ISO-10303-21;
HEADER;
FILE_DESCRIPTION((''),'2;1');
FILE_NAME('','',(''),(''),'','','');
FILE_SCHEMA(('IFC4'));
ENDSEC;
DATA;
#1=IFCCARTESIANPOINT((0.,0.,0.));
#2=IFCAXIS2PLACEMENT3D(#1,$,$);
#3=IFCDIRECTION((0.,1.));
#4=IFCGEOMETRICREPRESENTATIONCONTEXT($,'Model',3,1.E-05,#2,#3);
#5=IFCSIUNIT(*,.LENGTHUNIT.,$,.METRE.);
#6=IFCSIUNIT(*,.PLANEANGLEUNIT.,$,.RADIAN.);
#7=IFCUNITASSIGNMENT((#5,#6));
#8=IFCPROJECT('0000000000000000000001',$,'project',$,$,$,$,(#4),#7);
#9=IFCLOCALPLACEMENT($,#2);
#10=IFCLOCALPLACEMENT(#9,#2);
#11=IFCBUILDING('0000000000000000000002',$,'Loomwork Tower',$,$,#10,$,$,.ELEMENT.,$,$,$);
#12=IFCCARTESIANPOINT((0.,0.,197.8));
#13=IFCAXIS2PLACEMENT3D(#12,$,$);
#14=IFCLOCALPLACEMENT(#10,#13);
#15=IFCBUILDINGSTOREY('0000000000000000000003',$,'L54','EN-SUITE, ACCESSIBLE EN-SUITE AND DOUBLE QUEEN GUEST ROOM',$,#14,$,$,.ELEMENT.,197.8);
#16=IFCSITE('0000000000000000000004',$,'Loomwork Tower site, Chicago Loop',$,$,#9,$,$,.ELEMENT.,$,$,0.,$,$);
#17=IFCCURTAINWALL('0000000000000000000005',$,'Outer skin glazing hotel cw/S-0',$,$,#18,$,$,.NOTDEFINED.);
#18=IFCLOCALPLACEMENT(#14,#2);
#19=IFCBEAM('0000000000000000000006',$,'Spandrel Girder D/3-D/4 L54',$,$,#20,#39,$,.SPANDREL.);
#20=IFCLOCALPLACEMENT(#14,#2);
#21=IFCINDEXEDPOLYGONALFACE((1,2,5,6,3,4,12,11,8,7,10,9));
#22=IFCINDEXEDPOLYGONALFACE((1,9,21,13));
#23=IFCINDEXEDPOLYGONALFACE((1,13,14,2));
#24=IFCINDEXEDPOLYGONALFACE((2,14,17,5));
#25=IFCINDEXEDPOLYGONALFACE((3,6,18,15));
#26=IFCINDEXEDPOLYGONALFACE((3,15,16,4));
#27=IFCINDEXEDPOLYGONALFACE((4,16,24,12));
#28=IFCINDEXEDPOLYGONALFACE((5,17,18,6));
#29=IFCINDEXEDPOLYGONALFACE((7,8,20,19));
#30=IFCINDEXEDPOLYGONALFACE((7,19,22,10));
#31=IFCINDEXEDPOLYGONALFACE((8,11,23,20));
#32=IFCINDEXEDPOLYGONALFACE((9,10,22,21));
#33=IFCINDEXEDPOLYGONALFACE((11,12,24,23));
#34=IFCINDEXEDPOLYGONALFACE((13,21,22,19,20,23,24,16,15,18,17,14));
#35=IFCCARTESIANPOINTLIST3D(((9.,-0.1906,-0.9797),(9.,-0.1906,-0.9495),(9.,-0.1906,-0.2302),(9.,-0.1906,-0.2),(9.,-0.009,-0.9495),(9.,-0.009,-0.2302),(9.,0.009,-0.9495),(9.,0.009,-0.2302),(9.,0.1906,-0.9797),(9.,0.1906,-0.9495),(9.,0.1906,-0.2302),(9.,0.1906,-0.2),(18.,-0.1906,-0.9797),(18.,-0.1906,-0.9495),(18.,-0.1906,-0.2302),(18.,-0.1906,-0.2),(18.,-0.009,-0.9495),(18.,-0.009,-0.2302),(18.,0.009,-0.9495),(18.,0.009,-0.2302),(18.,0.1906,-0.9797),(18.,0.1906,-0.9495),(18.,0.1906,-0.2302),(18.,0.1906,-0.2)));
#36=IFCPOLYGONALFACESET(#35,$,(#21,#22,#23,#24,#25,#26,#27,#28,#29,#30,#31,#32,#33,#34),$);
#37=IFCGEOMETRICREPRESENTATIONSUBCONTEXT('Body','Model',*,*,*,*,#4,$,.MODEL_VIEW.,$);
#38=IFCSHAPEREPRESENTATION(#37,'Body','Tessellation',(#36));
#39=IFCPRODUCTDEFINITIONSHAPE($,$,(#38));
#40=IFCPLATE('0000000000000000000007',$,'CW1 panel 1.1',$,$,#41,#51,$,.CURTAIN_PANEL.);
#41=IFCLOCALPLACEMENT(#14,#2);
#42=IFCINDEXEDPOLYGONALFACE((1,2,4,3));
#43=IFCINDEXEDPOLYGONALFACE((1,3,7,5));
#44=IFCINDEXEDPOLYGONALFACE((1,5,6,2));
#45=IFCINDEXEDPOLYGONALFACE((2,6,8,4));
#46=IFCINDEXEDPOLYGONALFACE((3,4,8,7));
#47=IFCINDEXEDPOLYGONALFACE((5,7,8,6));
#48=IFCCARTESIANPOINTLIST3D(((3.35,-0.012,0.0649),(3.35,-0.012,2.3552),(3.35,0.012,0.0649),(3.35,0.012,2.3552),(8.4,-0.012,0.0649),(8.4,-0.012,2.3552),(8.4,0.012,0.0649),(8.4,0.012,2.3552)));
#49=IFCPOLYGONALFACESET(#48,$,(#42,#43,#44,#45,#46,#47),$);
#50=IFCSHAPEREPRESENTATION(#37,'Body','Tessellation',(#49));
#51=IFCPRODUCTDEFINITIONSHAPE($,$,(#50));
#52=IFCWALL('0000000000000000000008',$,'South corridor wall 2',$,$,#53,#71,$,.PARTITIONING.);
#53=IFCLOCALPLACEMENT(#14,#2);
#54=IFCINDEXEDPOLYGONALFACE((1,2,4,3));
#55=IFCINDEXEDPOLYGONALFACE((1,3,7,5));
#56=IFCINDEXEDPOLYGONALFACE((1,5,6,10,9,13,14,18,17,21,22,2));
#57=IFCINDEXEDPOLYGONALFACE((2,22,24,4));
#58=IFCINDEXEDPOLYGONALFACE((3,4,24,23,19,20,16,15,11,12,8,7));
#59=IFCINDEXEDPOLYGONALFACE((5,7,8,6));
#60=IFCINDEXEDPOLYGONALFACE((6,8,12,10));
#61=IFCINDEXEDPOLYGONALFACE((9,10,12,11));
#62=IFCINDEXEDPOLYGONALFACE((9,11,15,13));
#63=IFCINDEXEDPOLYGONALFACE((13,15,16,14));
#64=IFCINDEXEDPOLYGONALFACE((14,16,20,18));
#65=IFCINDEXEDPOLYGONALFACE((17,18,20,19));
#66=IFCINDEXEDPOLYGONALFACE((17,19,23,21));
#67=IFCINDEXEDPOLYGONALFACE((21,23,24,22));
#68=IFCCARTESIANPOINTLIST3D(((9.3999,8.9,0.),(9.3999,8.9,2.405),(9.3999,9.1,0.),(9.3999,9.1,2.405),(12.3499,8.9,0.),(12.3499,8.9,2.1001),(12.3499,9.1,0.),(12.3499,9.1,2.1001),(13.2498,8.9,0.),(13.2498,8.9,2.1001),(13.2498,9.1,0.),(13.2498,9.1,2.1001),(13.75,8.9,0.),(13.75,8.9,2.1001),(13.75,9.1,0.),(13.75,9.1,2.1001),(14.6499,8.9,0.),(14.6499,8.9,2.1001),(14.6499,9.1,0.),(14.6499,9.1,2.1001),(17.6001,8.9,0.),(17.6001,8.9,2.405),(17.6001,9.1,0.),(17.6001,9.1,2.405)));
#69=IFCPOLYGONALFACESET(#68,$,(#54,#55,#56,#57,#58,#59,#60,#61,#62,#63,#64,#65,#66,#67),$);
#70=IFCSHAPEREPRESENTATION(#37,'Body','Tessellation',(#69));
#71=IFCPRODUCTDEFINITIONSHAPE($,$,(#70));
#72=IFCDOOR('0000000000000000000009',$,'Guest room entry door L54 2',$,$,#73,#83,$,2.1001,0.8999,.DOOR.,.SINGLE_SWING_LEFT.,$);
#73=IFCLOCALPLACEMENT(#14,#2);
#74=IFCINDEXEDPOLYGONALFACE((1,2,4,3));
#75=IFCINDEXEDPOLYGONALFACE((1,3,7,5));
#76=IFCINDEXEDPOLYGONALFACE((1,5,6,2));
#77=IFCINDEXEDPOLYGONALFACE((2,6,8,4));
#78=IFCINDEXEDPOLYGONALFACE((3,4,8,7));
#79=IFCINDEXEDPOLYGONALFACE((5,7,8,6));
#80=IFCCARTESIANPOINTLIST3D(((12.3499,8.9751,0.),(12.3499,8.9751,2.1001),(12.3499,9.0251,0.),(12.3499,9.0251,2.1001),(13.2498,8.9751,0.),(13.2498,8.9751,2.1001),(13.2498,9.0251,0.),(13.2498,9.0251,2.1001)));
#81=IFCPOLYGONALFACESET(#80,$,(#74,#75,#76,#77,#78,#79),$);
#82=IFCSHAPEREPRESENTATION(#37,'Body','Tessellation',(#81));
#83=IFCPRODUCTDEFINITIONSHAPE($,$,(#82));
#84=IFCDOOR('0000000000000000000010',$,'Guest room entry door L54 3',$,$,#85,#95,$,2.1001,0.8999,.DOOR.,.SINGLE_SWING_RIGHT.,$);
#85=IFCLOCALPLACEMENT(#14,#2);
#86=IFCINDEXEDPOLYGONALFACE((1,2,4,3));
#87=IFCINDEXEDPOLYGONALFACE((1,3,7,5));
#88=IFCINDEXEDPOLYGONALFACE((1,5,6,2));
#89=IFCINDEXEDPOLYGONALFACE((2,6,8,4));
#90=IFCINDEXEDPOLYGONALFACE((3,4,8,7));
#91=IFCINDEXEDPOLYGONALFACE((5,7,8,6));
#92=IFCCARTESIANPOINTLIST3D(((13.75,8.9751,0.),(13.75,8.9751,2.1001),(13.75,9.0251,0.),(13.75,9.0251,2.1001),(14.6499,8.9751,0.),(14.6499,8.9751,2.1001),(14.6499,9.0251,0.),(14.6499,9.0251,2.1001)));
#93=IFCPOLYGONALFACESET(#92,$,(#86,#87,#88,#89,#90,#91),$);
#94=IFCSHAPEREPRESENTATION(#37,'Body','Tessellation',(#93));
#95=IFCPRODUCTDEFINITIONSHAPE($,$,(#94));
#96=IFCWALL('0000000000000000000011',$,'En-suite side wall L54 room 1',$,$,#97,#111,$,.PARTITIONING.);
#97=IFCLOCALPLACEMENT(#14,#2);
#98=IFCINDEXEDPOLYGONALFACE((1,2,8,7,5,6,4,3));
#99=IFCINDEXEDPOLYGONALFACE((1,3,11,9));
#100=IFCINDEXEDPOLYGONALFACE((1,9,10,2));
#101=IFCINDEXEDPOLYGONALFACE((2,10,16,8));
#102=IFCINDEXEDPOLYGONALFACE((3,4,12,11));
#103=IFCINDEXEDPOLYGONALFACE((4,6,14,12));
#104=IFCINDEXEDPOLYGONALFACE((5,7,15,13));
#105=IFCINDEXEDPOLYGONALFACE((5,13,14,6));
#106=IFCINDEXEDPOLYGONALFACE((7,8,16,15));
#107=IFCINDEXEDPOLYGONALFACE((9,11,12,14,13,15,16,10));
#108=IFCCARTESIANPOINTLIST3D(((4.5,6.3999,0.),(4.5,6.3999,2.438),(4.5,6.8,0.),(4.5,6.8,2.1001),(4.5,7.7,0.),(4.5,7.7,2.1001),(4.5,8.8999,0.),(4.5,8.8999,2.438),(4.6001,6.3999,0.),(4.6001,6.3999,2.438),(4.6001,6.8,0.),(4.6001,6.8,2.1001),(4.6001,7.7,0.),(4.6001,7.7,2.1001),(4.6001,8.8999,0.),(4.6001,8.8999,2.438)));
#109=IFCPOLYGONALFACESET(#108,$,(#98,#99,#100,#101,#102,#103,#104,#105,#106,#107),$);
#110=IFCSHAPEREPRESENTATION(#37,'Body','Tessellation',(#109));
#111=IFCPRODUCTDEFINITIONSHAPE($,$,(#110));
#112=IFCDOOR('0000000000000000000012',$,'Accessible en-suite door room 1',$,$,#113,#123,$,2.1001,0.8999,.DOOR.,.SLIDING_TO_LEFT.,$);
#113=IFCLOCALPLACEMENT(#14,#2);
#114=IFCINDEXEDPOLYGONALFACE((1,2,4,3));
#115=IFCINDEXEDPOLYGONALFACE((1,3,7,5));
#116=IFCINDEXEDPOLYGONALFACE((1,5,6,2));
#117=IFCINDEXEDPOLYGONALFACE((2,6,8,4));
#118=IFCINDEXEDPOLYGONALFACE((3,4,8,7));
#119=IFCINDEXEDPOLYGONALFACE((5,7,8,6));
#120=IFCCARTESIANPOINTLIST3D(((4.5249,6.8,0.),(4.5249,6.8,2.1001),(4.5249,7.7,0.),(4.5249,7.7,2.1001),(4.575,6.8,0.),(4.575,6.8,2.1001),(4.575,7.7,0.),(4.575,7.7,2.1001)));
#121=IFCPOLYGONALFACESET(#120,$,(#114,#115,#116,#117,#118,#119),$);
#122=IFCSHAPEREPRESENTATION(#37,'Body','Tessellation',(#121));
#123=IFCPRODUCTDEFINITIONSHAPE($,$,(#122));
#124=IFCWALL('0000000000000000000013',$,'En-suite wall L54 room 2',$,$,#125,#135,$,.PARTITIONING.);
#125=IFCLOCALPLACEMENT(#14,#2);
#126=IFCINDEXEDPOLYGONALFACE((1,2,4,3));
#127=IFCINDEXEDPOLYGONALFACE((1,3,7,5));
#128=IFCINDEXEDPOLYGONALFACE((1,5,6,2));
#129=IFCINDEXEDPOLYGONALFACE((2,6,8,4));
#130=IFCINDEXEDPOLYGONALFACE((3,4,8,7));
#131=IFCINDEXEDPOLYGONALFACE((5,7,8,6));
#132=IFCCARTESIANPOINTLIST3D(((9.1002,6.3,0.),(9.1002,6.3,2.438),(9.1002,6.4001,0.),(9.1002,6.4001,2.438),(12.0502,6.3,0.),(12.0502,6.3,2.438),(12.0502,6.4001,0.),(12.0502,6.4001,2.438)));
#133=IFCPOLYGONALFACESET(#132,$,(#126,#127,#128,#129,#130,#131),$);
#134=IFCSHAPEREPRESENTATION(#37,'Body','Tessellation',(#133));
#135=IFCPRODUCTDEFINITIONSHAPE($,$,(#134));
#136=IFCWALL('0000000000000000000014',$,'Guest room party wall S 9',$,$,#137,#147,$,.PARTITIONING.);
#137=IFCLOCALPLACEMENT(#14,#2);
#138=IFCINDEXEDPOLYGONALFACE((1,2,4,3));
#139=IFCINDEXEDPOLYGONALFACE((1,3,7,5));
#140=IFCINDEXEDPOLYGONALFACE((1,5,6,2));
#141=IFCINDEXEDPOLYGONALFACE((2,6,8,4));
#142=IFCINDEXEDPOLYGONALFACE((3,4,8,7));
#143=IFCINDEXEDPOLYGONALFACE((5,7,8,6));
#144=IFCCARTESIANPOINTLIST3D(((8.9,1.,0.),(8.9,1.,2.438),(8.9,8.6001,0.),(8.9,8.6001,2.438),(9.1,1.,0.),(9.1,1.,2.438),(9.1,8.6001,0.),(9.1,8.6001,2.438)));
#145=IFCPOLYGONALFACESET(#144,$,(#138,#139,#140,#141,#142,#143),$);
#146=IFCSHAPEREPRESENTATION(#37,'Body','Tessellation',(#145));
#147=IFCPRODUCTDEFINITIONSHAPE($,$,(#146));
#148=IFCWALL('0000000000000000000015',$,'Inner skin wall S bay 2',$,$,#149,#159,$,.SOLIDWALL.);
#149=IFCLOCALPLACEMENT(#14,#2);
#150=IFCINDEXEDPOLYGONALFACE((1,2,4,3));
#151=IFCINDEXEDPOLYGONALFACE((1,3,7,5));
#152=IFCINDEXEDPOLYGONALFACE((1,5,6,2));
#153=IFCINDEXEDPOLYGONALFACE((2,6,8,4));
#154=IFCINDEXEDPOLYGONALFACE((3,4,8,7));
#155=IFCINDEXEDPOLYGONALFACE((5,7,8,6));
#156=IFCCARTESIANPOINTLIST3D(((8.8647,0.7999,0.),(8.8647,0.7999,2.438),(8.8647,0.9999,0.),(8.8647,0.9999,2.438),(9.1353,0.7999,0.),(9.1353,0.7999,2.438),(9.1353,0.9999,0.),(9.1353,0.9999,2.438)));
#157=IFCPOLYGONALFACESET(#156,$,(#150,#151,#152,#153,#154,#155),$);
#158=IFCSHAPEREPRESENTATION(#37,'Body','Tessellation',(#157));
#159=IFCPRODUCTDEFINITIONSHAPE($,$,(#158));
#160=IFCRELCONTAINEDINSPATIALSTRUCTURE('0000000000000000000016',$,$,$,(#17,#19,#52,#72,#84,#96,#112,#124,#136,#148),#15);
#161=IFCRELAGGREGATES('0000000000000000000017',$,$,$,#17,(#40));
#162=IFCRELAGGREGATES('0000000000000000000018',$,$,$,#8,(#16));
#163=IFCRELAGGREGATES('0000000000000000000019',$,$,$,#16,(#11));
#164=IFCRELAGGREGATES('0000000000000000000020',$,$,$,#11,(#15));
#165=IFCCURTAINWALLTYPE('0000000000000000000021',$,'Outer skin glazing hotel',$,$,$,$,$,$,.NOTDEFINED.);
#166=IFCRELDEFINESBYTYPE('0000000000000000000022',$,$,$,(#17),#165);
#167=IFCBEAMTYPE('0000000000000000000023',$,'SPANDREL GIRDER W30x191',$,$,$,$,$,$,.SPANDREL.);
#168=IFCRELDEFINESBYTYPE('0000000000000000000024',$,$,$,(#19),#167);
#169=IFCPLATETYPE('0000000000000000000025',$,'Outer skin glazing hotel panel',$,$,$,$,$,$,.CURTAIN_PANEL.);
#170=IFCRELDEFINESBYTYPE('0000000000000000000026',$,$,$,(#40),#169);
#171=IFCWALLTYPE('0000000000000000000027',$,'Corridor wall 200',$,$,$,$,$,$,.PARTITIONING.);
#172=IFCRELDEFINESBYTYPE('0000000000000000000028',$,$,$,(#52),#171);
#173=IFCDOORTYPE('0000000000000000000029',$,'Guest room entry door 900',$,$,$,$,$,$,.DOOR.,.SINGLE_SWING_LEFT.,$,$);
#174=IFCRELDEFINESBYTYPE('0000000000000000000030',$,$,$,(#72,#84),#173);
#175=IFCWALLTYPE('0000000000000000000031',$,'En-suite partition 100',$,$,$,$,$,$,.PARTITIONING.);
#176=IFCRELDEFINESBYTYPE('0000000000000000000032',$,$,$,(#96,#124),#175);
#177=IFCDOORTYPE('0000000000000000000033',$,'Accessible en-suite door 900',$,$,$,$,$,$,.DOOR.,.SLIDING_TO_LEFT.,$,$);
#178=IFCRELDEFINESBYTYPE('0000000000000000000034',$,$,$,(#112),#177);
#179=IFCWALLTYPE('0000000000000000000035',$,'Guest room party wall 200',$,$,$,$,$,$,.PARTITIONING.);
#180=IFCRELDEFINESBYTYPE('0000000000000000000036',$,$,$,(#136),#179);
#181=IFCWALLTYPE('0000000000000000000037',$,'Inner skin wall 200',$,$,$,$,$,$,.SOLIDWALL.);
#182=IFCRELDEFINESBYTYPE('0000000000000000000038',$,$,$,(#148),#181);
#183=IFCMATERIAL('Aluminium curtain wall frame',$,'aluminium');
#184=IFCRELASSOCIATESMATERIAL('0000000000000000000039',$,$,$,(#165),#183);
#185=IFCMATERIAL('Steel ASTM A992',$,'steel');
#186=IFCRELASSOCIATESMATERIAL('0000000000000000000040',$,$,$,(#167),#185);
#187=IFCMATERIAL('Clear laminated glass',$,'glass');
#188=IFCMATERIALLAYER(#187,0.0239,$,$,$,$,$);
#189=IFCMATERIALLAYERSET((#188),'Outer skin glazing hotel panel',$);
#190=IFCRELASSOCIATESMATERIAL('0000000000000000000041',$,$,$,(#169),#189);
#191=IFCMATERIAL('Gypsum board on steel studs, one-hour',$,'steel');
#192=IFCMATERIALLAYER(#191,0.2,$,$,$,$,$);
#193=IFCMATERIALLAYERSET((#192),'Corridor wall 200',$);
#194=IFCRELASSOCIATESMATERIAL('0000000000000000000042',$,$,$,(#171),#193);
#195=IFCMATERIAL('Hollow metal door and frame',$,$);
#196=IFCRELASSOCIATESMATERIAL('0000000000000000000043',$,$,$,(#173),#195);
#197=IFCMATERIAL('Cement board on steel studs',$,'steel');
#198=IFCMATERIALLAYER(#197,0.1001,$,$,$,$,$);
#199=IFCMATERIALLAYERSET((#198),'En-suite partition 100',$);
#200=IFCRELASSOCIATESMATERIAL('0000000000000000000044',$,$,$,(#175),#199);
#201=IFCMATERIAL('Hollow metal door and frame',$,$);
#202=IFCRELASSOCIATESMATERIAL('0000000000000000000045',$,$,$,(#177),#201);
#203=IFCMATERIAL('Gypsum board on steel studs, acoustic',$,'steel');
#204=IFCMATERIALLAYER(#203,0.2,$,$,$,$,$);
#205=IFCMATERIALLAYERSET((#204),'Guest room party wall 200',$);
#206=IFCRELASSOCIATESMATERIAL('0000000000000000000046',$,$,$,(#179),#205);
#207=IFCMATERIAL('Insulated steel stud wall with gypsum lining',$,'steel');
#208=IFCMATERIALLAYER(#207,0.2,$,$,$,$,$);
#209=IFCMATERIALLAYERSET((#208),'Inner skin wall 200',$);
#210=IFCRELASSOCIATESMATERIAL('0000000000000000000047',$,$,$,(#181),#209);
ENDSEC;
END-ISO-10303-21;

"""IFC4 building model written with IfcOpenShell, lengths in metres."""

from ifc_helpers import new_model, si_unit, direction, frame, frame_2d, origin, origin_2d, place, context, subcontext, project, spatial, rectangle, i_section, extrude, material, layer, layer_set, material_profile, profile_set, type_object, element, fill, aggregate, save


model = new_model("IFC4")

# Units and contexts
model_context = context("Model", 3, precision=1e-05, world=origin(), true_north=direction((0.0, 1.0)))
body_context = subcontext(model_context, "Body", "Model", "MODEL_VIEW")
ifc_project = project(units=[si_unit("LENGTHUNIT", "METRE"), si_unit("PLANEANGLEUNIT", "RADIAN")], contexts=[model_context])

# Site, building, storey
site_placement = place(None, origin())
site = spatial("IfcSite", under=ifc_project, at=site_placement, Name="Loomwork Tower site, Chicago Loop", CompositionType="ELEMENT", RefElevation=0.0)
building_placement = place(site_placement, origin())
building = spatial("IfcBuilding", under=site, at=building_placement, Name="Loomwork Tower", CompositionType="ELEMENT")
storey_placement = place(building_placement, frame((0.0, 0.0, 197.8)))
storey = spatial("IfcBuildingStorey", under=building, at=storey_placement, Name="L54", Description="EN-SUITE, ACCESSIBLE EN-SUITE AND DOUBLE QUEEN GUEST ROOM", CompositionType="ELEMENT", Elevation=197.8)

# Curtain wall
ifc_material_1 = material(Name="Aluminium curtain wall frame", Category="aluminium")
curtain_wall_type = type_object("IfcCurtainWallType", Name="Outer skin glazing hotel", PredefinedType="NOTDEFINED", material=ifc_material_1)
curtain_wall_1_placement = place(storey_placement, origin())
curtain_wall_1 = element("IfcCurtainWall", 1, at=curtain_wall_1_placement, inside=storey, type_object=curtain_wall_type, Name="Outer skin glazing hotel cw/S-0", PredefinedType="NOTDEFINED")

# Beam
ifc_material_2 = material(Name="Steel ASTM A992", Category="steel")
ifc_material_profile_1 = material_profile(ifc_material_2, i_section(OverallWidth=0.3811, OverallDepth=0.7798, WebThickness=0.0181, FlangeThickness=0.0303, at=origin_2d()), Name="W30x191")
ifc_profile_set_1 = profile_set([ifc_material_profile_1], Name="Steel ASTM A992")
beam_type_1 = type_object("IfcBeamType", Name="SPANDREL GIRDER W30x191", PredefinedType="SPANDREL", material=ifc_profile_set_1)
beam_1_placement = place(storey_placement, frame((9.0, 0.0, -0.5898), z_axis=(1.0, 0.0, 0.0), x_axis=(0.0, 1.0, 0.0)))
element("IfcBeam", 2, at=beam_1_placement, inside=storey, type_object=beam_type_1, Name="Spandrel Girder D/3-D/4 L54", PredefinedType="SPANDREL", context=body_context, shape_type="SweptSolid", body=[
    extrude(i_section(OverallWidth=0.3811, OverallDepth=0.7798, WebThickness=0.0181, FlangeThickness=0.0303, at=origin_2d()), origin(), (0.0, 0.0, 1.0), 9.0),
])

# Plate
ifc_material_3 = material(Name="Clear laminated glass", Category="glass")
ifc_layer_1 = layer(ifc_material_3, 0.0239)
ifc_layer_set_1 = layer_set([ifc_layer_1], Name="Outer skin glazing hotel panel")
plate_type = type_object("IfcPlateType", Name="Outer skin glazing hotel panel", PredefinedType="CURTAIN_PANEL", material=ifc_layer_set_1)
plate_placement = place(storey_placement, frame((5.875, 0.0, 0.0649), z_axis=(0.0, 0.0, 1.0), x_axis=(1.0, 0.0, 0.0)))
plate = element("IfcPlate", 3, at=plate_placement, type_object=plate_type, Name="CW1 panel 1.1", PredefinedType="CURTAIN_PANEL", context=body_context, shape_type="SweptSolid", body=[
    extrude(rectangle(XDim=5.05, YDim=0.0239, at=origin_2d()), origin(), (0.0, 0.0, 1.0), 2.2903),
])
aggregate(curtain_wall_1, [plate])

# Wall, openings, doors
ifc_material_4 = material(Name="Gypsum board on steel studs, one-hour", Category="steel")
ifc_layer_2 = layer(ifc_material_4, 0.2)
ifc_layer_set_2 = layer_set([ifc_layer_2], Name="Corridor wall 200")
wall_type_1 = type_object("IfcWallType", Name="Corridor wall 200", PredefinedType="PARTITIONING", material=ifc_layer_set_2)
wall_1_placement = place(storey_placement, frame((9.3999, 9.0, 0.0), z_axis=(0.0, 0.0, 1.0), x_axis=(1.0, 0.0, 0.0)))
wall_1 = element("IfcWall", 4, at=wall_1_placement, inside=storey, type_object=wall_type_1, Name="South corridor wall 2", PredefinedType="PARTITIONING", context=body_context, shape_type="SweptSolid", body=[
    extrude(rectangle(XDim=8.2002, YDim=0.2, at=frame_2d((4.1001, 0.0))), origin(), (0.0, 0.0, 1.0), 2.405),
])
opening_1_placement = place(wall_1_placement, frame((2.95, 0.0, 0.0)))
opening_1 = element("IfcOpeningElement", 5, at=opening_1_placement, cuts=wall_1, PredefinedType="OPENING", context=body_context, shape_type="SweptSolid", body=[
    extrude(rectangle(XDim=0.8999, YDim=2.1001, at=frame_2d((0.45, 1.05))), frame((0.0, 0.1099, 0.0), z_axis=(0.0, -1.0, 0.0), x_axis=(1.0, 0.0, 0.0)), (0.0, 0.0, 1.0), 0.22),
])
opening_2_placement = place(wall_1_placement, frame((4.3501, 0.0, 0.0)))
opening_2 = element("IfcOpeningElement", 6, at=opening_2_placement, cuts=wall_1, PredefinedType="OPENING", context=body_context, shape_type="SweptSolid", body=[
    extrude(rectangle(XDim=0.8999, YDim=2.1001, at=frame_2d((0.45, 1.05))), frame((0.0, 0.1099, 0.0), z_axis=(0.0, -1.0, 0.0), x_axis=(1.0, 0.0, 0.0)), (0.0, 0.0, 1.0), 0.22),
])
ifc_material_5 = material(Name="Hollow metal door and frame")
door_type_1 = type_object("IfcDoorType", Name="Guest room entry door 900", OperationType="SINGLE_SWING_LEFT", PredefinedType="DOOR", material=ifc_material_5)
door_1_placement = place(opening_1_placement, frame((0.8999, 0.0, 0.0), z_axis=(0.0, 0.0, 1.0), x_axis=(-1.0, 0.0, 0.0)))
door_1 = element("IfcDoor", 7, at=door_1_placement, inside=storey, type_object=door_type_1, Name="Guest room entry door L54 2", OperationType="SINGLE_SWING_LEFT", OverallHeight=2.1001, OverallWidth=0.8999, PredefinedType="DOOR", context=body_context, shape_type="SweptSolid", body=[
    extrude(rectangle(XDim=0.8999, YDim=2.1001, at=frame_2d((0.45, 1.05))), frame((0.0, 0.0249, 0.0), z_axis=(0.0, -1.0, 0.0), x_axis=(1.0, 0.0, 0.0)), (0.0, 0.0, 1.0), 0.05),
])
fill(opening_1, door_1)
door_2_placement = place(opening_2_placement, frame((0.8999, 0.0, 0.0), z_axis=(0.0, 0.0, 1.0), x_axis=(-1.0, 0.0, 0.0)))
door_2 = element("IfcDoor", 8, at=door_2_placement, inside=storey, type_object=door_type_1, Name="Guest room entry door L54 3", OperationType="SINGLE_SWING_RIGHT", OverallHeight=2.1001, OverallWidth=0.8999, PredefinedType="DOOR", context=body_context, shape_type="SweptSolid", body=[
    extrude(rectangle(XDim=0.8999, YDim=2.1001, at=frame_2d((0.45, 1.05))), frame((0.0, 0.0249, 0.0), z_axis=(0.0, -1.0, 0.0), x_axis=(1.0, 0.0, 0.0)), (0.0, 0.0, 1.0), 0.05),
])
fill(opening_2, door_2)

# Wall, opening, door
ifc_material_6 = material(Name="Cement board on steel studs", Category="steel")
ifc_layer_3 = layer(ifc_material_6, 0.1001)
ifc_layer_set_3 = layer_set([ifc_layer_3], Name="En-suite partition 100")
wall_type_2 = type_object("IfcWallType", Name="En-suite partition 100", PredefinedType="PARTITIONING", material=ifc_layer_set_3)
wall_2_placement = place(storey_placement, frame((4.55, 8.8999, 0.0), z_axis=(0.0, 0.0, 1.0), x_axis=(0.0, -1.0, 0.0)))
wall_2 = element("IfcWall", 9, at=wall_2_placement, inside=storey, type_object=wall_type_2, Name="En-suite side wall L54 room 1", PredefinedType="PARTITIONING", context=body_context, shape_type="SweptSolid", body=[
    extrude(rectangle(XDim=2.5, YDim=0.1001, at=frame_2d((1.25, 0.0))), origin(), (0.0, 0.0, 1.0), 2.438),
])
opening_3_placement = place(wall_2_placement, frame((1.2, 0.0, 0.0)))
opening_3 = element("IfcOpeningElement", 10, at=opening_3_placement, cuts=wall_2, PredefinedType="OPENING", context=body_context, shape_type="SweptSolid", body=[
    extrude(rectangle(XDim=0.8999, YDim=2.1001, at=frame_2d((0.45, 1.05))), frame((0.0, 0.0601, 0.0), z_axis=(0.0, -1.0, 0.0), x_axis=(1.0, 0.0, 0.0)), (0.0, 0.0, 1.0), 0.1201),
])
ifc_material_7 = material(Name="Hollow metal door and frame")
door_type_2 = type_object("IfcDoorType", Name="Accessible en-suite door 900", OperationType="SLIDING_TO_LEFT", PredefinedType="DOOR", material=ifc_material_7)
door_3_placement = place(opening_3_placement, origin())
door_3 = element("IfcDoor", 11, at=door_3_placement, inside=storey, type_object=door_type_2, Name="Accessible en-suite door room 1", OperationType="SLIDING_TO_LEFT", OverallHeight=2.1001, OverallWidth=0.8999, PredefinedType="DOOR", context=body_context, shape_type="SweptSolid", body=[
    extrude(rectangle(XDim=0.8999, YDim=2.1001, at=frame_2d((0.45, 1.05))), frame((0.0, 0.0249, 0.0), z_axis=(0.0, -1.0, 0.0), x_axis=(1.0, 0.0, 0.0)), (0.0, 0.0, 1.0), 0.05),
])
fill(opening_3, door_3)

# Walls
wall_3_placement = place(storey_placement, frame((9.1001, 6.3501, 0.0), z_axis=(0.0, 0.0, 1.0), x_axis=(1.0, 0.0, 0.0)))
element("IfcWall", 12, at=wall_3_placement, inside=storey, type_object=wall_type_2, Name="En-suite wall L54 room 2", PredefinedType="PARTITIONING", context=body_context, shape_type="SweptSolid", body=[
    extrude(rectangle(XDim=2.95, YDim=0.1001, at=frame_2d((1.4751, 0.0))), origin(), (0.0, 0.0, 1.0), 2.438),
])
ifc_material_8 = material(Name="Gypsum board on steel studs, acoustic", Category="steel")
ifc_layer_4 = layer(ifc_material_8, 0.2)
ifc_layer_set_4 = layer_set([ifc_layer_4], Name="Guest room party wall 200")
wall_type_3 = type_object("IfcWallType", Name="Guest room party wall 200", PredefinedType="PARTITIONING", material=ifc_layer_set_4)
wall_4_placement = place(storey_placement, frame((9.0, 8.6001, 0.0), z_axis=(0.0, 0.0, 1.0), x_axis=(0.0, -1.0, 0.0)))
element("IfcWall", 13, at=wall_4_placement, inside=storey, type_object=wall_type_3, Name="Guest room party wall S 9", PredefinedType="PARTITIONING", context=body_context, shape_type="SweptSolid", body=[
    extrude(rectangle(XDim=7.6001, YDim=0.2, at=frame_2d((3.8, 0.0))), origin(), (0.0, 0.0, 1.0), 2.438),
])
ifc_material_9 = material(Name="Insulated steel stud wall with gypsum lining", Category="steel")
ifc_layer_5 = layer(ifc_material_9, 0.2)
ifc_layer_set_5 = layer_set([ifc_layer_5], Name="Inner skin wall 200")
wall_type_4 = type_object("IfcWallType", Name="Inner skin wall 200", PredefinedType="SOLIDWALL", material=ifc_layer_set_5)
wall_5_placement = place(storey_placement, frame((8.8647, 0.8999, 0.0), z_axis=(0.0, 0.0, 1.0), x_axis=(1.0, 0.0, 0.0)))
element("IfcWall", 14, at=wall_5_placement, inside=storey, type_object=wall_type_4, Name="Inner skin wall S bay 2", PredefinedType="SOLIDWALL", context=body_context, shape_type="SweptSolid", body=[
    extrude(rectangle(XDim=0.2705, YDim=0.2, at=frame_2d((0.1353, 0.0))), origin(), (0.0, 0.0, 1.0), 2.438),
])

save(model, "model.ifc")
